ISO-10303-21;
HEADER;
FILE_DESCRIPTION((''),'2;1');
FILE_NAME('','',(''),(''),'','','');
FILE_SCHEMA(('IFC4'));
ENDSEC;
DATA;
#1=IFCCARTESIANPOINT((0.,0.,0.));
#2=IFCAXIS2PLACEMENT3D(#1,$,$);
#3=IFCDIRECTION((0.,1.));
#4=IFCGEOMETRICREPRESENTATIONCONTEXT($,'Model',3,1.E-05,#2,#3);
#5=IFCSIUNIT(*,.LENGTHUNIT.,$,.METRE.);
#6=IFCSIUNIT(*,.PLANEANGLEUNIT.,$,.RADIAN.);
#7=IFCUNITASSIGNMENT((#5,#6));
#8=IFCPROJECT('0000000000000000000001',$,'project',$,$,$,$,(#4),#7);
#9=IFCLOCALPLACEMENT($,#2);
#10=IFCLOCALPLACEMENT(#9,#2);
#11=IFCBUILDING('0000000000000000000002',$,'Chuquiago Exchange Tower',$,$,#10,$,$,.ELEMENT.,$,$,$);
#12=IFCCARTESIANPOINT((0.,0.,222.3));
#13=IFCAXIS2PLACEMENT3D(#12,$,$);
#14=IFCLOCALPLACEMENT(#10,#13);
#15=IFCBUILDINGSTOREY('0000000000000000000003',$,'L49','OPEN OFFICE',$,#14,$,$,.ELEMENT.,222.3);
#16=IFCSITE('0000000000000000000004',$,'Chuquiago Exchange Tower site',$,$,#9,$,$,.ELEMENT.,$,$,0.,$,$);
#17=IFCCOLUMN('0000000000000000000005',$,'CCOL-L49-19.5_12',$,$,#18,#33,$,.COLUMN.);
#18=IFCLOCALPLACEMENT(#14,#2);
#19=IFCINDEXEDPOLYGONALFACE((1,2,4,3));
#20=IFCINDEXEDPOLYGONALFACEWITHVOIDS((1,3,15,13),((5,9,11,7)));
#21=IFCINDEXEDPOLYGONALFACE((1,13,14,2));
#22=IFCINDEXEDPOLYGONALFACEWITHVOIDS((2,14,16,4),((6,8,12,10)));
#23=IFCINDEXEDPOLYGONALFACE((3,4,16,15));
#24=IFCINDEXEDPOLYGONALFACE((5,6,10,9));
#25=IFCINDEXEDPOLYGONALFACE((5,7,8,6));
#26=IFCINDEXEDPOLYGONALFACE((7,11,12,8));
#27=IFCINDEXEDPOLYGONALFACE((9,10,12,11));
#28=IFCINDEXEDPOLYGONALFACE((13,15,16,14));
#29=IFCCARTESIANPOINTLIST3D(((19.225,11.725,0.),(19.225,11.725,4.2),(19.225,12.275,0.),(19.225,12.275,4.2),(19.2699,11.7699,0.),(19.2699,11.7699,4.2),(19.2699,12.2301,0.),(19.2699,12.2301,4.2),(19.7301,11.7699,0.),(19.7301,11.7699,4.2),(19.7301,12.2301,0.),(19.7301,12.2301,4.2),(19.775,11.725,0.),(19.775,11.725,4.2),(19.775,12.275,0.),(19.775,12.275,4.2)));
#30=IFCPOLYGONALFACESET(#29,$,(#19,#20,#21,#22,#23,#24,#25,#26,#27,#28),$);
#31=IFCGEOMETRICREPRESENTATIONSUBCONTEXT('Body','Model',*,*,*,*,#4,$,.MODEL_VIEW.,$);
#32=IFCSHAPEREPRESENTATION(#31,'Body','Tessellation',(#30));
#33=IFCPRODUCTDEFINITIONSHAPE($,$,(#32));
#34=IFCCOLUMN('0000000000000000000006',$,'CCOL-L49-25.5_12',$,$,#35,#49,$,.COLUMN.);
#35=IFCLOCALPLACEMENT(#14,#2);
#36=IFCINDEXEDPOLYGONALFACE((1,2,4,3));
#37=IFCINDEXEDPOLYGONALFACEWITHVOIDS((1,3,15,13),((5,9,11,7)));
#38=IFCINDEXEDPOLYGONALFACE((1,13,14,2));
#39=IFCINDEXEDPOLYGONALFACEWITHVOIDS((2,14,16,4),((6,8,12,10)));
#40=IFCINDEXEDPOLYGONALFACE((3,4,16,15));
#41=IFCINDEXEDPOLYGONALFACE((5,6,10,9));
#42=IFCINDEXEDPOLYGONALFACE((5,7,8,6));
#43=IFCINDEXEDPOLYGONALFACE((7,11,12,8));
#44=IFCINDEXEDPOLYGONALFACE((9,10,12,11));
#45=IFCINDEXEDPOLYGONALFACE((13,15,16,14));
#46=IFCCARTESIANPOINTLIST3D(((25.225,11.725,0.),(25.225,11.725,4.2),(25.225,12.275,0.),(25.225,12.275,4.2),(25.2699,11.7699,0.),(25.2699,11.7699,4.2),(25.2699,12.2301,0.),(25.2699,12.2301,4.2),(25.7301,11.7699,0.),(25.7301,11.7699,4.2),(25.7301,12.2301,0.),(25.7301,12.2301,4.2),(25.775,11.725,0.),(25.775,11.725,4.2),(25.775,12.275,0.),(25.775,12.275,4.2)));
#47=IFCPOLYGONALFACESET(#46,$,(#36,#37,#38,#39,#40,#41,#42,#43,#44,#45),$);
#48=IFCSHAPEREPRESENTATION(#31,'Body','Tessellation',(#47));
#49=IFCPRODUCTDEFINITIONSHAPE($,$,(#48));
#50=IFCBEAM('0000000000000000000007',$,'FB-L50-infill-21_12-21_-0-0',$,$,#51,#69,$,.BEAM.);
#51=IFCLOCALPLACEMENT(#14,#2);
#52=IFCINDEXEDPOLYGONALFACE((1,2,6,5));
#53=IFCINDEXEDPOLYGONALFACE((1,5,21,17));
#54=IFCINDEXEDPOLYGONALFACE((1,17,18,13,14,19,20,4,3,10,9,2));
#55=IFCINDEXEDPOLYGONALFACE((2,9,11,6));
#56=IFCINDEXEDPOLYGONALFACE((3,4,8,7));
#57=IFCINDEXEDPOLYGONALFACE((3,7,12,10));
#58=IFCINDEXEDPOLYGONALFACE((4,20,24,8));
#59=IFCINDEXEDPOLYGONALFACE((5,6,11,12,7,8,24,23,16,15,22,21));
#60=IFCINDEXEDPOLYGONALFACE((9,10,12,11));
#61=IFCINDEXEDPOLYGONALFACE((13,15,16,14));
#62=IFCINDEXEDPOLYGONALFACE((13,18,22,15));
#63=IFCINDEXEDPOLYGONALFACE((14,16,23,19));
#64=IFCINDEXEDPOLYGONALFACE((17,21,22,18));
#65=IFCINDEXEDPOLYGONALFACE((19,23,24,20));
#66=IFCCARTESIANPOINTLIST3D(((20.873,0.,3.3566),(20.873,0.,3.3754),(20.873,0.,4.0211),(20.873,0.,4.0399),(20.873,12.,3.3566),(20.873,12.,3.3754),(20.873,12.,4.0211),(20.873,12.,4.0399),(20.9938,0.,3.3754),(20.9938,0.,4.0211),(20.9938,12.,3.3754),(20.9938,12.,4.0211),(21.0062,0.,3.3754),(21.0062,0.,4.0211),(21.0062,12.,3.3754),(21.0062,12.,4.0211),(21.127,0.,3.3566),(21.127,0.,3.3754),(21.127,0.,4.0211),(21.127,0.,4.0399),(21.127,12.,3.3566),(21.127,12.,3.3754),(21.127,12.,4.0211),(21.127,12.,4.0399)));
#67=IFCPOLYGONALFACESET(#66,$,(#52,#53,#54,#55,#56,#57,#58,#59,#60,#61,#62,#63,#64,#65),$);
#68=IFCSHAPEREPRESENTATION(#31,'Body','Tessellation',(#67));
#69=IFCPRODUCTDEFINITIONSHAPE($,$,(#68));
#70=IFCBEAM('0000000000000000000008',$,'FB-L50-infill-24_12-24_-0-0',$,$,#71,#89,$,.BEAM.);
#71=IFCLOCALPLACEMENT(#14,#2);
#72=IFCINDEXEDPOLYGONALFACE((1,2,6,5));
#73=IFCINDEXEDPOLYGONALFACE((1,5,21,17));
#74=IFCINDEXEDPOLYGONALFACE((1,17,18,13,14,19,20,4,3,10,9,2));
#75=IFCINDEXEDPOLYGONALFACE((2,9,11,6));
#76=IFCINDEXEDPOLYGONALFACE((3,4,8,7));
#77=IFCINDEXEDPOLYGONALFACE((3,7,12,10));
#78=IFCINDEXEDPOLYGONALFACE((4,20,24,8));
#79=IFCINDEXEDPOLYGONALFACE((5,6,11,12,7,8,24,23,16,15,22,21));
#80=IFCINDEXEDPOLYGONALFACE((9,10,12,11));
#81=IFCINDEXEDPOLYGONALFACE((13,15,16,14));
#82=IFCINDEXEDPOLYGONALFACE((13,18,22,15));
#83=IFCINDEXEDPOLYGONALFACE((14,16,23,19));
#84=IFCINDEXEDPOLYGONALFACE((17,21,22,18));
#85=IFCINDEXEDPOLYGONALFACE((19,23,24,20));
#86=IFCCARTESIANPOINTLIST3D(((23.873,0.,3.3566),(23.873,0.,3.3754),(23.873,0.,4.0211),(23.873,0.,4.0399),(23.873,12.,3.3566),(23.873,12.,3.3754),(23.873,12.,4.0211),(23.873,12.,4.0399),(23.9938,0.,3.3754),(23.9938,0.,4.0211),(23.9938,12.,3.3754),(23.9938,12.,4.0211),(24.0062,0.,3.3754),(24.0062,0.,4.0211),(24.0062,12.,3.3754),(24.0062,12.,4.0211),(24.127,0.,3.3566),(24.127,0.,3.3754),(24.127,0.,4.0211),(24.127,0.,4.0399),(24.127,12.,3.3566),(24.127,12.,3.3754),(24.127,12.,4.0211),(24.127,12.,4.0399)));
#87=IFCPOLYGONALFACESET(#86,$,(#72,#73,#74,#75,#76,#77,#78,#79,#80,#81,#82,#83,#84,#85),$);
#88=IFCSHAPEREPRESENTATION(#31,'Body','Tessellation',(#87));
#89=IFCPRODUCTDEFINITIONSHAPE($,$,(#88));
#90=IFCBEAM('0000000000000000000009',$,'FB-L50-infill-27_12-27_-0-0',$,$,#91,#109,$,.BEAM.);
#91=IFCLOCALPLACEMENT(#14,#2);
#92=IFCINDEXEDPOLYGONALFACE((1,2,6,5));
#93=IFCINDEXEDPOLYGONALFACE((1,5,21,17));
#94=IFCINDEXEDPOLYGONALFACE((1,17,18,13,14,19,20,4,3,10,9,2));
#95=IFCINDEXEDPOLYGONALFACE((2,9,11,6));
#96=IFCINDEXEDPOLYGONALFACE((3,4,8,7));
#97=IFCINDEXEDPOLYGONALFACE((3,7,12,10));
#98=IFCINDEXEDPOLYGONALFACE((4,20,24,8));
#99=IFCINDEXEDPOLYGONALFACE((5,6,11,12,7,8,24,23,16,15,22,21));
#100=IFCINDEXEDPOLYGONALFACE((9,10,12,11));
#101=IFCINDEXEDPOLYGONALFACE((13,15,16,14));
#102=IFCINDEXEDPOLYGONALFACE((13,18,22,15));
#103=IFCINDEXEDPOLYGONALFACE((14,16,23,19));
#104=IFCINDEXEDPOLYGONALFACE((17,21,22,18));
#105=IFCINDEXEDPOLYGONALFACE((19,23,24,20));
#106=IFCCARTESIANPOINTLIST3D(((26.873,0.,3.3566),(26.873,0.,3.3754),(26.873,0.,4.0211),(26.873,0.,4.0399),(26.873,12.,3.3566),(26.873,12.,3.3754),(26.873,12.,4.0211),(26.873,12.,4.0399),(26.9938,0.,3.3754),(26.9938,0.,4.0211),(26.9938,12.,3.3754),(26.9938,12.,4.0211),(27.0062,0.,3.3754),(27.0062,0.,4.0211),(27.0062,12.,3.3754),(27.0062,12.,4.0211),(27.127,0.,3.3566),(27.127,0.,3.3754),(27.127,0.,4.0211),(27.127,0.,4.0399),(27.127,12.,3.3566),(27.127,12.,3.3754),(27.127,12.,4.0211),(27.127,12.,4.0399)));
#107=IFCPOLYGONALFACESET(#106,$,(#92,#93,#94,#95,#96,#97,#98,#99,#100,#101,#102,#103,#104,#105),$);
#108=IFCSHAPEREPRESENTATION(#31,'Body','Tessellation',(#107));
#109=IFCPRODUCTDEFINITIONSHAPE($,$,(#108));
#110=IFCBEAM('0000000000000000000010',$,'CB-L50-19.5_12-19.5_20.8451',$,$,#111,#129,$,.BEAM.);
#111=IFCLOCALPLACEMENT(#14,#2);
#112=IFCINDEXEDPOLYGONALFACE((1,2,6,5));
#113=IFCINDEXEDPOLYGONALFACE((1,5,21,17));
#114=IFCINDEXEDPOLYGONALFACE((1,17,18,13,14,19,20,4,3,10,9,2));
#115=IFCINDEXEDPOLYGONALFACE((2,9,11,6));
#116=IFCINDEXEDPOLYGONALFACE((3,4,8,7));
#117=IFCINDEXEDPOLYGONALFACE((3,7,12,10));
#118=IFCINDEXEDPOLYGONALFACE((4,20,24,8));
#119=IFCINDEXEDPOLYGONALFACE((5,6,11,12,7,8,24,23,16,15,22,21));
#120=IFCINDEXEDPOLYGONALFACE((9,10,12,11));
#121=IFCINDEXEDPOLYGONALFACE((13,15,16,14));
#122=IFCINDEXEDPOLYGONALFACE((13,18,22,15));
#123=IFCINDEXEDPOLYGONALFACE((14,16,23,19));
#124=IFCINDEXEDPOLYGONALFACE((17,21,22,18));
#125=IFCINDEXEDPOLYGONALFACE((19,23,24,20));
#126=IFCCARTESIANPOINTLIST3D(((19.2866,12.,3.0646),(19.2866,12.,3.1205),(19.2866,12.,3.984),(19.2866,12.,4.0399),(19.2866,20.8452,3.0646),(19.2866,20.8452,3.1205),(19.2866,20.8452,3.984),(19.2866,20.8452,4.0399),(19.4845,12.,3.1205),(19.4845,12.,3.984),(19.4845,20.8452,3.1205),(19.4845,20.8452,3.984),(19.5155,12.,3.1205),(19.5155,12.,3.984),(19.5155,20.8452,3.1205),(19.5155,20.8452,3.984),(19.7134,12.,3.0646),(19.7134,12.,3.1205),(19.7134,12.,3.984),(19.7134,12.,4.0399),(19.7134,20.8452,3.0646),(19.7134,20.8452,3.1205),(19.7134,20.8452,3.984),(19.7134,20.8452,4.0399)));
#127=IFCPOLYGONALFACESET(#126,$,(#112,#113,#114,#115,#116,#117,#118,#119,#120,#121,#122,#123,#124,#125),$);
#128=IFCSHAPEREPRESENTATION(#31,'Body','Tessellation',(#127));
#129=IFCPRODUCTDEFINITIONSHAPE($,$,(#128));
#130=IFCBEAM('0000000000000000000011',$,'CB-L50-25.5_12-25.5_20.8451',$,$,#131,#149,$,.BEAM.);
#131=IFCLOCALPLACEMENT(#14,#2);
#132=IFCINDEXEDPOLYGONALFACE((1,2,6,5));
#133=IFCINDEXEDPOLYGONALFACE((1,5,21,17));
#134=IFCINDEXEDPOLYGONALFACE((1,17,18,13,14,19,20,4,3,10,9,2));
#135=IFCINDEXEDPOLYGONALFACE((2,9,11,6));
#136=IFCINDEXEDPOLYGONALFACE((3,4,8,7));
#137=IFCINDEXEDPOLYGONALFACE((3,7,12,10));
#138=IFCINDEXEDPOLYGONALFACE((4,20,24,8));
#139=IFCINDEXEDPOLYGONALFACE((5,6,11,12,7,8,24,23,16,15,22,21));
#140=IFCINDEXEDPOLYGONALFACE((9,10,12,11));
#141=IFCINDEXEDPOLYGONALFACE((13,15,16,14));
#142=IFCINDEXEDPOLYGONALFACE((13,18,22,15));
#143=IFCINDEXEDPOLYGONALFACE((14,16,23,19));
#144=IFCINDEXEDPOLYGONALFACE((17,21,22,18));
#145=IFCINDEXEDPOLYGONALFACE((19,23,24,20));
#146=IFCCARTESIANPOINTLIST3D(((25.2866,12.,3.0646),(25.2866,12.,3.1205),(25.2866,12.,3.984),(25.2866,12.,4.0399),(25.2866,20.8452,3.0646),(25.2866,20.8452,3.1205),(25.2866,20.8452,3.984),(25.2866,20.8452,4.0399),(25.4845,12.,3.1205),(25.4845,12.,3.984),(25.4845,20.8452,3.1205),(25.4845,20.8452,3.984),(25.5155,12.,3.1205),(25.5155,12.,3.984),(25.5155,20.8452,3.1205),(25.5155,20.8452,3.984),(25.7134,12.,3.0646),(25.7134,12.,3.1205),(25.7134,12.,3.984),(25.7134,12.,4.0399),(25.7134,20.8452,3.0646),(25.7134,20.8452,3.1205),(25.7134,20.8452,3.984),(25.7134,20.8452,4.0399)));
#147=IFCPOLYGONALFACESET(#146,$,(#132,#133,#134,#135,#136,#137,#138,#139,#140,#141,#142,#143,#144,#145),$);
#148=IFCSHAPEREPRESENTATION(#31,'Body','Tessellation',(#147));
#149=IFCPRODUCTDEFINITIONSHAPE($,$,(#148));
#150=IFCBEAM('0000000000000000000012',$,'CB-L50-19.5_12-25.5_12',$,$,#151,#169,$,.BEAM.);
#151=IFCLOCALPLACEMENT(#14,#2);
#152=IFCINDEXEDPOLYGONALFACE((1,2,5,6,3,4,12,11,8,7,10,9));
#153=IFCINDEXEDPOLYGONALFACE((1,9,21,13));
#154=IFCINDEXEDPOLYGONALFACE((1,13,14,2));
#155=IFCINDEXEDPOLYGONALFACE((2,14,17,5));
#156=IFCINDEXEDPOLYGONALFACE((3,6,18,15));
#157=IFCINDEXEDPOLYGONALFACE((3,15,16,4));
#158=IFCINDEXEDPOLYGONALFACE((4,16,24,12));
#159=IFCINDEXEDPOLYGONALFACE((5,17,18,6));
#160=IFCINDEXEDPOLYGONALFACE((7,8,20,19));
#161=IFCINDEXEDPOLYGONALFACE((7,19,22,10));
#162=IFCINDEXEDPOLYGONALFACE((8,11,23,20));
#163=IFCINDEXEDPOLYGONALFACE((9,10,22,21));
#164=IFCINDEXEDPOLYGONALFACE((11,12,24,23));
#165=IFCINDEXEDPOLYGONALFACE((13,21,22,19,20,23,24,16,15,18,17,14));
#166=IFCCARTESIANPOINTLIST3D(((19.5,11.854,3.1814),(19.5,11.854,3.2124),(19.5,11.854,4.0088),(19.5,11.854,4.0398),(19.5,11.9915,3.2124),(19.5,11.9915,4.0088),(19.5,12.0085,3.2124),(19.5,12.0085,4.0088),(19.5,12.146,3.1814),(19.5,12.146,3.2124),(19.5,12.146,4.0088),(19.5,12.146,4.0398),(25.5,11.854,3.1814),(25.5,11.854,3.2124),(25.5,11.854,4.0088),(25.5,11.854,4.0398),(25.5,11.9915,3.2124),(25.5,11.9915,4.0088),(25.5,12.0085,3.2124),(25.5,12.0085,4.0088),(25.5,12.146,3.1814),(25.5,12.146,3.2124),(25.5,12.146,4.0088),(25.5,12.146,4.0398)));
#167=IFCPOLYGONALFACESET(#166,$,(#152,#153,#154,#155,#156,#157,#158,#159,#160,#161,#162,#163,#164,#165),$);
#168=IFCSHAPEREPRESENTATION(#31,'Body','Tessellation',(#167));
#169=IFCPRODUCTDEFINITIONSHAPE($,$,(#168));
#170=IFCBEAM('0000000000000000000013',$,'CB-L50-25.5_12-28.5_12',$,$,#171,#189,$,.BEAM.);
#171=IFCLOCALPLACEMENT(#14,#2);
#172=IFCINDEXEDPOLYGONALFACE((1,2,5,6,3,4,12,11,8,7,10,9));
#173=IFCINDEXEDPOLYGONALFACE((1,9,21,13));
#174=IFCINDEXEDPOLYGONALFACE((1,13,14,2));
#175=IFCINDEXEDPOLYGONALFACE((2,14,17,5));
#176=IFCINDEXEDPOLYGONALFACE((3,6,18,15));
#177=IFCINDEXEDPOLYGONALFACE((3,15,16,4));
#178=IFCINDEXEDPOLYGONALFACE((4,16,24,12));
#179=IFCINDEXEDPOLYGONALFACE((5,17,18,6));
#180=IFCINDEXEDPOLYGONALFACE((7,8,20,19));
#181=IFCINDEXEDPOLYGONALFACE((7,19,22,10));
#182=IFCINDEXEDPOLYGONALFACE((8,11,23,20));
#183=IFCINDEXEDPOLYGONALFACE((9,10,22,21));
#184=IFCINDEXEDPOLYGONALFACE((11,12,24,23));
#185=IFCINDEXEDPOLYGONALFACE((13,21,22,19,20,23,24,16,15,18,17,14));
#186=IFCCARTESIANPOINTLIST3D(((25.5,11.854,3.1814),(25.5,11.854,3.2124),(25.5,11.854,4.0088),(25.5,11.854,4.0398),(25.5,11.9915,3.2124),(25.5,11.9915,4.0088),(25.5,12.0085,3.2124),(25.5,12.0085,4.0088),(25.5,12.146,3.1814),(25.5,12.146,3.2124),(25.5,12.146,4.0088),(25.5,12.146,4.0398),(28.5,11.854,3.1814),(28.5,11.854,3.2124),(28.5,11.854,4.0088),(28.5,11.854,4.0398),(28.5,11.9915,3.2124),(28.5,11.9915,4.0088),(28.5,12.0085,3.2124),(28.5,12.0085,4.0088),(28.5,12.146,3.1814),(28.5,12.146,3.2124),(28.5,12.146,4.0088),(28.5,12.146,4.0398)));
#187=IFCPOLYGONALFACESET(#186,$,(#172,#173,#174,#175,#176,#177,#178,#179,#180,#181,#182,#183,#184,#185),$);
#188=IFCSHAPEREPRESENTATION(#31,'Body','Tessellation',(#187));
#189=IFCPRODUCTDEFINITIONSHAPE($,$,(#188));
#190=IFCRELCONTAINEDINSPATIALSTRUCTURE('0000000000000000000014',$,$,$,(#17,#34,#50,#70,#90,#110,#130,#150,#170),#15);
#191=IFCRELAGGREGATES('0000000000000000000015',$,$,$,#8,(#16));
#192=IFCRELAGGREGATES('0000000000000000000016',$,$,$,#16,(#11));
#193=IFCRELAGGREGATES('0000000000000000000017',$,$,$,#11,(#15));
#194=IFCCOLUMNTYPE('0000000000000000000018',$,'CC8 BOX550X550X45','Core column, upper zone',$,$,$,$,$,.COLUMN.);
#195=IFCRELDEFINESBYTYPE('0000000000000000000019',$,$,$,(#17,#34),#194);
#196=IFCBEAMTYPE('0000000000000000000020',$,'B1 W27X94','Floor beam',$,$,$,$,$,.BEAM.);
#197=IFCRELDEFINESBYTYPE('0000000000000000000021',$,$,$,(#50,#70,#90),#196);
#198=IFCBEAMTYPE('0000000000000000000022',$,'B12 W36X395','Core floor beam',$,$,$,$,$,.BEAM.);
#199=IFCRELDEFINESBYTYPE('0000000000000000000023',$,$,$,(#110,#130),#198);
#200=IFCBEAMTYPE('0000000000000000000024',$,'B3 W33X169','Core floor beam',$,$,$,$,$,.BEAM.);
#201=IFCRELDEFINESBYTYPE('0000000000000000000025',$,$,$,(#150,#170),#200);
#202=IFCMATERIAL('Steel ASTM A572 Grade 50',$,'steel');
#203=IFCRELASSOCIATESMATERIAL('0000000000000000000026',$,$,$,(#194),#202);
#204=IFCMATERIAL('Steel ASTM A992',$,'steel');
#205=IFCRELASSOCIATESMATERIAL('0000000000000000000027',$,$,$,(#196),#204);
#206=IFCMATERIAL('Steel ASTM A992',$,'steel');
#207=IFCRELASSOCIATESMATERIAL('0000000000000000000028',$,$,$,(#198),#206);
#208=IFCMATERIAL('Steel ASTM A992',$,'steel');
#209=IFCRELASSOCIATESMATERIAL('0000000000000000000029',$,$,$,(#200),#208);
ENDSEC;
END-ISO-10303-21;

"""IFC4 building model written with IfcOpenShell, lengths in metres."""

from ifc_helpers import new_model, si_unit, direction, frame, origin, origin_2d, place, context, subcontext, project, spatial, hollow_rectangle, i_section, extrude, material, material_profile, profile_set, type_object, element, save


model = new_model("IFC4")

# Units and contexts
model_context = context("Model", 3, precision=1e-05, world=origin(), true_north=direction((0.0, 1.0)))
body_context = subcontext(model_context, "Body", "Model", "MODEL_VIEW")
ifc_project = project(units=[si_unit("LENGTHUNIT", "METRE"), si_unit("PLANEANGLEUNIT", "RADIAN")], contexts=[model_context])

# Site, building, storey
site_placement = place(None, origin())
site = spatial("IfcSite", under=ifc_project, at=site_placement, Name="Chuquiago Exchange Tower site", CompositionType="ELEMENT", RefElevation=0.0)
building_placement = place(site_placement, origin())
building = spatial("IfcBuilding", under=site, at=building_placement, Name="Chuquiago Exchange Tower", CompositionType="ELEMENT")
storey_placement = place(building_placement, frame((0.0, 0.0, 222.3)))
storey = spatial("IfcBuildingStorey", under=building, at=storey_placement, Name="L49", Description="OPEN OFFICE", CompositionType="ELEMENT", Elevation=222.3)

# Columns
ifc_material_1 = material(Name="Steel ASTM A572 Grade 50", Category="steel")
ifc_material_profile_1 = material_profile(ifc_material_1, hollow_rectangle(XDim=0.55, YDim=0.55, WallThickness=0.0449, at=origin_2d()), Name="BOX550X550X45")
ifc_profile_set_1 = profile_set([ifc_material_profile_1], Name="Steel ASTM A572 Grade 50")
column_type = type_object("IfcColumnType", Name="CC8 BOX550X550X45", Description="Core column, upper zone", PredefinedType="COLUMN", material=ifc_profile_set_1)
for number, where, z_axis, x_axis, name in (
    (1, (19.5, 12.0, 0.0), (0.0, 0.0, 1.0), (1.0, 0.0, 0.0), "CCOL-L49-19.5_12"),
    (2, (25.5, 12.0, 0.0), (0.0, 0.0, 1.0), (1.0, 0.0, 0.0), "CCOL-L49-25.5_12"),
):
    element("IfcColumn", number, at=place(storey_placement, frame(where, z_axis=z_axis, x_axis=x_axis)), inside=storey, type_object=column_type, Name=name, PredefinedType="COLUMN", context=body_context, shape_type="SweptSolid", body=[
        extrude(hollow_rectangle(XDim=0.55, YDim=0.55, WallThickness=0.0449, at=origin_2d()), origin(), (0.0, 0.0, 1.0), 4.2),
    ])

# Beams
ifc_material_2 = material(Name="Steel ASTM A992", Category="steel")
ifc_material_profile_2 = material_profile(ifc_material_2, i_section(OverallWidth=0.2539, OverallDepth=0.6833, WebThickness=0.0125, FlangeThickness=0.0188, at=origin_2d()), Name="W27X94")
ifc_profile_set_2 = profile_set([ifc_material_profile_2], Name="Steel ASTM A992")
beam_type_1 = type_object("IfcBeamType", Name="B1 W27X94", Description="Floor beam", PredefinedType="BEAM", material=ifc_profile_set_2)
for number, where, z_axis, x_axis, name in (
    (3, (21.0, 12.0, 3.6982), (0.0, -1.0, 0.0), (1.0, 0.0, 0.0), "FB-L50-infill-21_12-21_-0-0"),
    (4, (24.0, 12.0, 3.6982), (0.0, -1.0, 0.0), (1.0, 0.0, 0.0), "FB-L50-infill-24_12-24_-0-0"),
    (5, (27.0, 12.0, 3.6982), (0.0, -1.0, 0.0), (1.0, 0.0, 0.0), "FB-L50-infill-27_12-27_-0-0"),
):
    element("IfcBeam", number, at=place(storey_placement, frame(where, z_axis=z_axis, x_axis=x_axis)), inside=storey, type_object=beam_type_1, Name=name, PredefinedType="BEAM", context=body_context, shape_type="SweptSolid", body=[
        extrude(i_section(OverallWidth=0.2539, OverallDepth=0.6833, WebThickness=0.0125, FlangeThickness=0.0188, at=origin_2d()), origin(), (0.0, 0.0, 1.0), 12.0),
    ])
ifc_material_3 = material(Name="Steel ASTM A992", Category="steel")
ifc_material_profile_3 = material_profile(ifc_material_3, i_section(OverallWidth=0.4268, OverallDepth=0.9753, WebThickness=0.031, FlangeThickness=0.0559, at=origin_2d()), Name="W36X395")
ifc_profile_set_3 = profile_set([ifc_material_profile_3], Name="Steel ASTM A992")
beam_type_2 = type_object("IfcBeamType", Name="B12 W36X395", Description="Core floor beam", PredefinedType="BEAM", material=ifc_profile_set_3)
for number, where, z_axis, x_axis, name in (
    (6, (19.5, 12.0, 3.5522), (0.0, 1.0, 0.0), (-1.0, 0.0, 0.0), "CB-L50-19.5_12-19.5_20.8451"),
    (7, (25.5, 12.0, 3.5522), (0.0, 1.0, 0.0), (-1.0, 0.0, 0.0), "CB-L50-25.5_12-25.5_20.8451"),
):
    element("IfcBeam", number, at=place(storey_placement, frame(where, z_axis=z_axis, x_axis=x_axis)), inside=storey, type_object=beam_type_2, Name=name, PredefinedType="BEAM", context=body_context, shape_type="SweptSolid", body=[
        extrude(i_section(OverallWidth=0.4268, OverallDepth=0.9753, WebThickness=0.031, FlangeThickness=0.0559, at=origin_2d()), origin(), (0.0, 0.0, 1.0), 8.8452),
    ])
ifc_material_4 = material(Name="Steel ASTM A992", Category="steel")
ifc_material_profile_4 = material_profile(ifc_material_4, i_section(OverallWidth=0.292, OverallDepth=0.8584, WebThickness=0.0171, FlangeThickness=0.031, at=origin_2d()), Name="W33X169")
ifc_profile_set_4 = profile_set([ifc_material_profile_4], Name="Steel ASTM A992")
beam_type_3 = type_object("IfcBeamType", Name="B3 W33X169", Description="Core floor beam", PredefinedType="BEAM", material=ifc_profile_set_4)
beam_1_placement = place(storey_placement, frame((19.5, 12.0, 3.6106), z_axis=(1.0, 0.0, 0.0), x_axis=(0.0, 1.0, 0.0)))
element("IfcBeam", 8, at=beam_1_placement, inside=storey, type_object=beam_type_3, Name="CB-L50-19.5_12-25.5_12", PredefinedType="BEAM", context=body_context, shape_type="SweptSolid", body=[
    extrude(i_section(OverallWidth=0.292, OverallDepth=0.8584, WebThickness=0.0171, FlangeThickness=0.031, at=origin_2d()), origin(), (0.0, 0.0, 1.0), 6.0),
])
beam_2_placement = place(storey_placement, frame((25.5, 12.0, 3.6106), z_axis=(1.0, 0.0, 0.0), x_axis=(0.0, 1.0, 0.0)))
element("IfcBeam", 9, at=beam_2_placement, inside=storey, type_object=beam_type_3, Name="CB-L50-25.5_12-28.5_12", PredefinedType="BEAM", context=body_context, shape_type="SweptSolid", body=[
    extrude(i_section(OverallWidth=0.292, OverallDepth=0.8584, WebThickness=0.0171, FlangeThickness=0.031, at=origin_2d()), origin(), (0.0, 0.0, 1.0), 3.0),
])

save(model, "model.ifc")
